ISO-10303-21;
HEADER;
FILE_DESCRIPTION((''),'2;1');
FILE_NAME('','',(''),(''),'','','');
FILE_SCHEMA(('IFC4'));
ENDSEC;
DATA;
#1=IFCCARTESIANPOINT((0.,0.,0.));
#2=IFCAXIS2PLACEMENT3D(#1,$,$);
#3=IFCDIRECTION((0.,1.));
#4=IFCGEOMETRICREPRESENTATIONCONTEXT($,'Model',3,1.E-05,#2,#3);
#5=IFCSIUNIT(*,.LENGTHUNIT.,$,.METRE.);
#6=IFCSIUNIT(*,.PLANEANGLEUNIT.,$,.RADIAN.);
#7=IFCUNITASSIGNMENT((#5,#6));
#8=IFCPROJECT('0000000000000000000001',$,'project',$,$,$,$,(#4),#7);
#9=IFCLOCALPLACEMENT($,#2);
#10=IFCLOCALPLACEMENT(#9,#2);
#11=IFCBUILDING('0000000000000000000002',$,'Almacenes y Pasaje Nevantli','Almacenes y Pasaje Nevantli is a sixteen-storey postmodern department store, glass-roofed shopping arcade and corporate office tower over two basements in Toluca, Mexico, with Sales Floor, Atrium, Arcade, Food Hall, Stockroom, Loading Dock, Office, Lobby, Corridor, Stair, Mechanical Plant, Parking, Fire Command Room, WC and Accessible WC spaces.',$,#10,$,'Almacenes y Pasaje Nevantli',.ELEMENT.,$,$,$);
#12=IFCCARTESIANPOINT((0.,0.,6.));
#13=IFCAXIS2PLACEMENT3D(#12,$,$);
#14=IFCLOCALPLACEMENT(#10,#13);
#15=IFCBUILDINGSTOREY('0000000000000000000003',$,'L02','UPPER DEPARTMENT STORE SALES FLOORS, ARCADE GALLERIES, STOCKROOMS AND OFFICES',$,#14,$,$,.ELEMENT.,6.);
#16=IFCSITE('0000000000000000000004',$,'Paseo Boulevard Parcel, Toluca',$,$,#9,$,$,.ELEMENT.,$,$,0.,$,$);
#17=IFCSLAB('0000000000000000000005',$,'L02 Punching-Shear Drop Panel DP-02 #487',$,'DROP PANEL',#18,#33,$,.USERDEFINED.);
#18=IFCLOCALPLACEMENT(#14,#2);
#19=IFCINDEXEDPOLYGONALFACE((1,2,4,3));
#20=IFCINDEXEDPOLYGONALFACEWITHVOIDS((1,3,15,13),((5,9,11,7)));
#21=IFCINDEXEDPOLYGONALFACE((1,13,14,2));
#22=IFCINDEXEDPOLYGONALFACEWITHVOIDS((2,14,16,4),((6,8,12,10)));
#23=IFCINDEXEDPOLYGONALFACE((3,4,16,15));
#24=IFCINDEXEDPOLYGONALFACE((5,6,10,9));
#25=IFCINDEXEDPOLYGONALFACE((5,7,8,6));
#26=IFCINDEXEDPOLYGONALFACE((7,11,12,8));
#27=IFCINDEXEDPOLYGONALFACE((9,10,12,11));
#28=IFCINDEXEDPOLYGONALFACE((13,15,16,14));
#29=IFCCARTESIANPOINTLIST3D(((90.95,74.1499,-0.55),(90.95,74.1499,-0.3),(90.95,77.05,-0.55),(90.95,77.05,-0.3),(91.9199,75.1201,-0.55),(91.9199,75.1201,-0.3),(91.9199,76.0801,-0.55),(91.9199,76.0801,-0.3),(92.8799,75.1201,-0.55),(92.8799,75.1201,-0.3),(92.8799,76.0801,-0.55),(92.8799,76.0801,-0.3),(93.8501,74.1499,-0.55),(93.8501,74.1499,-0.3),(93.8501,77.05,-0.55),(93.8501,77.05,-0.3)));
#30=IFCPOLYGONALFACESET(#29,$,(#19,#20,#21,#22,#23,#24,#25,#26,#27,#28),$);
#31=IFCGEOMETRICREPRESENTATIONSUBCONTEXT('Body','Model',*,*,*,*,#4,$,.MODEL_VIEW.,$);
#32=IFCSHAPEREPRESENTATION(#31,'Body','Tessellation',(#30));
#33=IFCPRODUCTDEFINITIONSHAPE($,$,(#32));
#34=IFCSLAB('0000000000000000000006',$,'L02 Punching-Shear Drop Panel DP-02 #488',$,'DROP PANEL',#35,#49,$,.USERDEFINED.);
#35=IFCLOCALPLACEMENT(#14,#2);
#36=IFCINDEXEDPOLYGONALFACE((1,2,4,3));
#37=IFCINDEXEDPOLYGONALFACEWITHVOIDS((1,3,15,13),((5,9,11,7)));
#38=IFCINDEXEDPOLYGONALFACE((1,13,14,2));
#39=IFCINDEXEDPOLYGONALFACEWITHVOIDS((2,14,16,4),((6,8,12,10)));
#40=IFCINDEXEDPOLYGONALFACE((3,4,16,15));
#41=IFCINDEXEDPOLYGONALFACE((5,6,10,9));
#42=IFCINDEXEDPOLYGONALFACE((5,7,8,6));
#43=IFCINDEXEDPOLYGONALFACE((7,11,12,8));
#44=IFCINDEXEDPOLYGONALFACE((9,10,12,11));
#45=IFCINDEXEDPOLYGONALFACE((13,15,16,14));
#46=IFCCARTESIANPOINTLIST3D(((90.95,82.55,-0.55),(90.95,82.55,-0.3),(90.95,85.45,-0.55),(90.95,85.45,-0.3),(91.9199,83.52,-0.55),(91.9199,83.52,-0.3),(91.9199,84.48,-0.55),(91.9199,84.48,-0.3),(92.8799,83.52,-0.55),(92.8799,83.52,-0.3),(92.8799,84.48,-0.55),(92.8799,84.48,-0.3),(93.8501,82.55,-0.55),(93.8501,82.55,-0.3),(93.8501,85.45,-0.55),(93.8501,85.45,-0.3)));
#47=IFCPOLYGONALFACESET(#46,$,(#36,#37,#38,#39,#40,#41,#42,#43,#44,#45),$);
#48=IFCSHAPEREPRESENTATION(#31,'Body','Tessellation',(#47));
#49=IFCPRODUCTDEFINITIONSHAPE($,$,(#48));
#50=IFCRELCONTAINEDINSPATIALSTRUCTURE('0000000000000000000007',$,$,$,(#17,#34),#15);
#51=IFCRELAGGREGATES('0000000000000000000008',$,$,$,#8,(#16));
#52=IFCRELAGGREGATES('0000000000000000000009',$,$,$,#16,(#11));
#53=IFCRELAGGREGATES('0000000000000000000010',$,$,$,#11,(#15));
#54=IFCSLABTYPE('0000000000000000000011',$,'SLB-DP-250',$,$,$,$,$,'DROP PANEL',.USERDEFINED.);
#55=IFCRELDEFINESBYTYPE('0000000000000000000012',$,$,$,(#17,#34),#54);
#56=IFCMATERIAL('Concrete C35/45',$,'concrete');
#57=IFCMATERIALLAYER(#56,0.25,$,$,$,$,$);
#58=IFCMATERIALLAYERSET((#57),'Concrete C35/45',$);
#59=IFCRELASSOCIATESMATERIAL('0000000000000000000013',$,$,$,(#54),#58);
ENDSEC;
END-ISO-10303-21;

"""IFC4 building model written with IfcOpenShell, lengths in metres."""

from ifc_helpers import new_model, si_unit, direction, frame, origin, place, context, subcontext, project, spatial, polyline, outline, extrude, material, layer, layer_set, type_object, element, save


model = new_model("IFC4")

# Units and contexts
model_context = context("Model", 3, precision=1e-05, world=origin(), true_north=direction((0.0, 1.0)))
body_context = subcontext(model_context, "Body", "Model", "MODEL_VIEW")
ifc_project = project(units=[si_unit("LENGTHUNIT", "METRE"), si_unit("PLANEANGLEUNIT", "RADIAN")], contexts=[model_context])

# Site, building, storey
site_placement = place(None, origin())
site = spatial("IfcSite", under=ifc_project, at=site_placement, Name="Paseo Boulevard Parcel, Toluca", CompositionType="ELEMENT", RefElevation=0.0)
building_placement = place(site_placement, origin())
building = spatial("IfcBuilding", under=site, at=building_placement, Name="Almacenes y Pasaje Nevantli", Description="Almacenes y Pasaje Nevantli is a sixteen-storey postmodern department store, glass-roofed shopping arcade and corporate office tower over two basements in Toluca, Mexico, with Sales Floor, Atrium, Arcade, Food Hall, Stockroom, Loading Dock, Office, Lobby, Corridor, Stair, Mechanical Plant, Parking, Fire Command Room, WC and Accessible WC spaces.", LongName="Almacenes y Pasaje Nevantli", CompositionType="ELEMENT")
storey_placement = place(building_placement, frame((0.0, 0.0, 6.0)))
storey = spatial("IfcBuildingStorey", under=building, at=storey_placement, Name="L02", Description="UPPER DEPARTMENT STORE SALES FLOORS, ARCADE GALLERIES, STOCKROOMS AND OFFICES", CompositionType="ELEMENT", Elevation=6.0)

# Slabs
ifc_material = material(Name="Concrete C35/45", Category="concrete")
ifc_layer = layer(ifc_material, 0.25)
ifc_layer_set = layer_set([ifc_layer], Name="Concrete C35/45")
slab_type = type_object("IfcSlabType", Name="SLB-DP-250", ElementType="DROP PANEL", PredefinedType="USERDEFINED", material=ifc_layer_set)
slab_1_placement = place(storey_placement, frame((0.0, 0.0, -0.55)))
element("IfcSlab", 1, at=slab_1_placement, inside=storey, type_object=slab_type, Name="L02 Punching-Shear Drop Panel DP-02 #487", ObjectType="DROP PANEL", PredefinedType="USERDEFINED", context=body_context, shape_type="SweptSolid", body=[
    extrude(outline(polyline([(90.95, 74.1499), (93.8501, 74.1499), (93.8501, 77.05), (90.95, 77.05), (90.95, 74.1499)]), holes=[polyline([(91.9199, 75.1201), (92.8799, 75.1201), (92.8799, 76.0801), (91.9199, 76.0801), (91.9199, 75.1201)])]), origin(), (0.0, 0.0, 1.0), 0.25),
])
slab_2_placement = place(storey_placement, frame((0.0, 0.0, -0.55)))
element("IfcSlab", 2, at=slab_2_placement, inside=storey, type_object=slab_type, Name="L02 Punching-Shear Drop Panel DP-02 #488", ObjectType="DROP PANEL", PredefinedType="USERDEFINED", context=body_context, shape_type="SweptSolid", body=[
    extrude(outline(polyline([(90.95, 82.55), (93.8501, 82.55), (93.8501, 85.45), (90.95, 85.45), (90.95, 82.55)]), holes=[polyline([(91.9199, 83.52), (92.8799, 83.52), (92.8799, 84.48), (91.9199, 84.48), (91.9199, 83.52)])]), origin(), (0.0, 0.0, 1.0), 0.25),
])

save(model, "model.ifc")
